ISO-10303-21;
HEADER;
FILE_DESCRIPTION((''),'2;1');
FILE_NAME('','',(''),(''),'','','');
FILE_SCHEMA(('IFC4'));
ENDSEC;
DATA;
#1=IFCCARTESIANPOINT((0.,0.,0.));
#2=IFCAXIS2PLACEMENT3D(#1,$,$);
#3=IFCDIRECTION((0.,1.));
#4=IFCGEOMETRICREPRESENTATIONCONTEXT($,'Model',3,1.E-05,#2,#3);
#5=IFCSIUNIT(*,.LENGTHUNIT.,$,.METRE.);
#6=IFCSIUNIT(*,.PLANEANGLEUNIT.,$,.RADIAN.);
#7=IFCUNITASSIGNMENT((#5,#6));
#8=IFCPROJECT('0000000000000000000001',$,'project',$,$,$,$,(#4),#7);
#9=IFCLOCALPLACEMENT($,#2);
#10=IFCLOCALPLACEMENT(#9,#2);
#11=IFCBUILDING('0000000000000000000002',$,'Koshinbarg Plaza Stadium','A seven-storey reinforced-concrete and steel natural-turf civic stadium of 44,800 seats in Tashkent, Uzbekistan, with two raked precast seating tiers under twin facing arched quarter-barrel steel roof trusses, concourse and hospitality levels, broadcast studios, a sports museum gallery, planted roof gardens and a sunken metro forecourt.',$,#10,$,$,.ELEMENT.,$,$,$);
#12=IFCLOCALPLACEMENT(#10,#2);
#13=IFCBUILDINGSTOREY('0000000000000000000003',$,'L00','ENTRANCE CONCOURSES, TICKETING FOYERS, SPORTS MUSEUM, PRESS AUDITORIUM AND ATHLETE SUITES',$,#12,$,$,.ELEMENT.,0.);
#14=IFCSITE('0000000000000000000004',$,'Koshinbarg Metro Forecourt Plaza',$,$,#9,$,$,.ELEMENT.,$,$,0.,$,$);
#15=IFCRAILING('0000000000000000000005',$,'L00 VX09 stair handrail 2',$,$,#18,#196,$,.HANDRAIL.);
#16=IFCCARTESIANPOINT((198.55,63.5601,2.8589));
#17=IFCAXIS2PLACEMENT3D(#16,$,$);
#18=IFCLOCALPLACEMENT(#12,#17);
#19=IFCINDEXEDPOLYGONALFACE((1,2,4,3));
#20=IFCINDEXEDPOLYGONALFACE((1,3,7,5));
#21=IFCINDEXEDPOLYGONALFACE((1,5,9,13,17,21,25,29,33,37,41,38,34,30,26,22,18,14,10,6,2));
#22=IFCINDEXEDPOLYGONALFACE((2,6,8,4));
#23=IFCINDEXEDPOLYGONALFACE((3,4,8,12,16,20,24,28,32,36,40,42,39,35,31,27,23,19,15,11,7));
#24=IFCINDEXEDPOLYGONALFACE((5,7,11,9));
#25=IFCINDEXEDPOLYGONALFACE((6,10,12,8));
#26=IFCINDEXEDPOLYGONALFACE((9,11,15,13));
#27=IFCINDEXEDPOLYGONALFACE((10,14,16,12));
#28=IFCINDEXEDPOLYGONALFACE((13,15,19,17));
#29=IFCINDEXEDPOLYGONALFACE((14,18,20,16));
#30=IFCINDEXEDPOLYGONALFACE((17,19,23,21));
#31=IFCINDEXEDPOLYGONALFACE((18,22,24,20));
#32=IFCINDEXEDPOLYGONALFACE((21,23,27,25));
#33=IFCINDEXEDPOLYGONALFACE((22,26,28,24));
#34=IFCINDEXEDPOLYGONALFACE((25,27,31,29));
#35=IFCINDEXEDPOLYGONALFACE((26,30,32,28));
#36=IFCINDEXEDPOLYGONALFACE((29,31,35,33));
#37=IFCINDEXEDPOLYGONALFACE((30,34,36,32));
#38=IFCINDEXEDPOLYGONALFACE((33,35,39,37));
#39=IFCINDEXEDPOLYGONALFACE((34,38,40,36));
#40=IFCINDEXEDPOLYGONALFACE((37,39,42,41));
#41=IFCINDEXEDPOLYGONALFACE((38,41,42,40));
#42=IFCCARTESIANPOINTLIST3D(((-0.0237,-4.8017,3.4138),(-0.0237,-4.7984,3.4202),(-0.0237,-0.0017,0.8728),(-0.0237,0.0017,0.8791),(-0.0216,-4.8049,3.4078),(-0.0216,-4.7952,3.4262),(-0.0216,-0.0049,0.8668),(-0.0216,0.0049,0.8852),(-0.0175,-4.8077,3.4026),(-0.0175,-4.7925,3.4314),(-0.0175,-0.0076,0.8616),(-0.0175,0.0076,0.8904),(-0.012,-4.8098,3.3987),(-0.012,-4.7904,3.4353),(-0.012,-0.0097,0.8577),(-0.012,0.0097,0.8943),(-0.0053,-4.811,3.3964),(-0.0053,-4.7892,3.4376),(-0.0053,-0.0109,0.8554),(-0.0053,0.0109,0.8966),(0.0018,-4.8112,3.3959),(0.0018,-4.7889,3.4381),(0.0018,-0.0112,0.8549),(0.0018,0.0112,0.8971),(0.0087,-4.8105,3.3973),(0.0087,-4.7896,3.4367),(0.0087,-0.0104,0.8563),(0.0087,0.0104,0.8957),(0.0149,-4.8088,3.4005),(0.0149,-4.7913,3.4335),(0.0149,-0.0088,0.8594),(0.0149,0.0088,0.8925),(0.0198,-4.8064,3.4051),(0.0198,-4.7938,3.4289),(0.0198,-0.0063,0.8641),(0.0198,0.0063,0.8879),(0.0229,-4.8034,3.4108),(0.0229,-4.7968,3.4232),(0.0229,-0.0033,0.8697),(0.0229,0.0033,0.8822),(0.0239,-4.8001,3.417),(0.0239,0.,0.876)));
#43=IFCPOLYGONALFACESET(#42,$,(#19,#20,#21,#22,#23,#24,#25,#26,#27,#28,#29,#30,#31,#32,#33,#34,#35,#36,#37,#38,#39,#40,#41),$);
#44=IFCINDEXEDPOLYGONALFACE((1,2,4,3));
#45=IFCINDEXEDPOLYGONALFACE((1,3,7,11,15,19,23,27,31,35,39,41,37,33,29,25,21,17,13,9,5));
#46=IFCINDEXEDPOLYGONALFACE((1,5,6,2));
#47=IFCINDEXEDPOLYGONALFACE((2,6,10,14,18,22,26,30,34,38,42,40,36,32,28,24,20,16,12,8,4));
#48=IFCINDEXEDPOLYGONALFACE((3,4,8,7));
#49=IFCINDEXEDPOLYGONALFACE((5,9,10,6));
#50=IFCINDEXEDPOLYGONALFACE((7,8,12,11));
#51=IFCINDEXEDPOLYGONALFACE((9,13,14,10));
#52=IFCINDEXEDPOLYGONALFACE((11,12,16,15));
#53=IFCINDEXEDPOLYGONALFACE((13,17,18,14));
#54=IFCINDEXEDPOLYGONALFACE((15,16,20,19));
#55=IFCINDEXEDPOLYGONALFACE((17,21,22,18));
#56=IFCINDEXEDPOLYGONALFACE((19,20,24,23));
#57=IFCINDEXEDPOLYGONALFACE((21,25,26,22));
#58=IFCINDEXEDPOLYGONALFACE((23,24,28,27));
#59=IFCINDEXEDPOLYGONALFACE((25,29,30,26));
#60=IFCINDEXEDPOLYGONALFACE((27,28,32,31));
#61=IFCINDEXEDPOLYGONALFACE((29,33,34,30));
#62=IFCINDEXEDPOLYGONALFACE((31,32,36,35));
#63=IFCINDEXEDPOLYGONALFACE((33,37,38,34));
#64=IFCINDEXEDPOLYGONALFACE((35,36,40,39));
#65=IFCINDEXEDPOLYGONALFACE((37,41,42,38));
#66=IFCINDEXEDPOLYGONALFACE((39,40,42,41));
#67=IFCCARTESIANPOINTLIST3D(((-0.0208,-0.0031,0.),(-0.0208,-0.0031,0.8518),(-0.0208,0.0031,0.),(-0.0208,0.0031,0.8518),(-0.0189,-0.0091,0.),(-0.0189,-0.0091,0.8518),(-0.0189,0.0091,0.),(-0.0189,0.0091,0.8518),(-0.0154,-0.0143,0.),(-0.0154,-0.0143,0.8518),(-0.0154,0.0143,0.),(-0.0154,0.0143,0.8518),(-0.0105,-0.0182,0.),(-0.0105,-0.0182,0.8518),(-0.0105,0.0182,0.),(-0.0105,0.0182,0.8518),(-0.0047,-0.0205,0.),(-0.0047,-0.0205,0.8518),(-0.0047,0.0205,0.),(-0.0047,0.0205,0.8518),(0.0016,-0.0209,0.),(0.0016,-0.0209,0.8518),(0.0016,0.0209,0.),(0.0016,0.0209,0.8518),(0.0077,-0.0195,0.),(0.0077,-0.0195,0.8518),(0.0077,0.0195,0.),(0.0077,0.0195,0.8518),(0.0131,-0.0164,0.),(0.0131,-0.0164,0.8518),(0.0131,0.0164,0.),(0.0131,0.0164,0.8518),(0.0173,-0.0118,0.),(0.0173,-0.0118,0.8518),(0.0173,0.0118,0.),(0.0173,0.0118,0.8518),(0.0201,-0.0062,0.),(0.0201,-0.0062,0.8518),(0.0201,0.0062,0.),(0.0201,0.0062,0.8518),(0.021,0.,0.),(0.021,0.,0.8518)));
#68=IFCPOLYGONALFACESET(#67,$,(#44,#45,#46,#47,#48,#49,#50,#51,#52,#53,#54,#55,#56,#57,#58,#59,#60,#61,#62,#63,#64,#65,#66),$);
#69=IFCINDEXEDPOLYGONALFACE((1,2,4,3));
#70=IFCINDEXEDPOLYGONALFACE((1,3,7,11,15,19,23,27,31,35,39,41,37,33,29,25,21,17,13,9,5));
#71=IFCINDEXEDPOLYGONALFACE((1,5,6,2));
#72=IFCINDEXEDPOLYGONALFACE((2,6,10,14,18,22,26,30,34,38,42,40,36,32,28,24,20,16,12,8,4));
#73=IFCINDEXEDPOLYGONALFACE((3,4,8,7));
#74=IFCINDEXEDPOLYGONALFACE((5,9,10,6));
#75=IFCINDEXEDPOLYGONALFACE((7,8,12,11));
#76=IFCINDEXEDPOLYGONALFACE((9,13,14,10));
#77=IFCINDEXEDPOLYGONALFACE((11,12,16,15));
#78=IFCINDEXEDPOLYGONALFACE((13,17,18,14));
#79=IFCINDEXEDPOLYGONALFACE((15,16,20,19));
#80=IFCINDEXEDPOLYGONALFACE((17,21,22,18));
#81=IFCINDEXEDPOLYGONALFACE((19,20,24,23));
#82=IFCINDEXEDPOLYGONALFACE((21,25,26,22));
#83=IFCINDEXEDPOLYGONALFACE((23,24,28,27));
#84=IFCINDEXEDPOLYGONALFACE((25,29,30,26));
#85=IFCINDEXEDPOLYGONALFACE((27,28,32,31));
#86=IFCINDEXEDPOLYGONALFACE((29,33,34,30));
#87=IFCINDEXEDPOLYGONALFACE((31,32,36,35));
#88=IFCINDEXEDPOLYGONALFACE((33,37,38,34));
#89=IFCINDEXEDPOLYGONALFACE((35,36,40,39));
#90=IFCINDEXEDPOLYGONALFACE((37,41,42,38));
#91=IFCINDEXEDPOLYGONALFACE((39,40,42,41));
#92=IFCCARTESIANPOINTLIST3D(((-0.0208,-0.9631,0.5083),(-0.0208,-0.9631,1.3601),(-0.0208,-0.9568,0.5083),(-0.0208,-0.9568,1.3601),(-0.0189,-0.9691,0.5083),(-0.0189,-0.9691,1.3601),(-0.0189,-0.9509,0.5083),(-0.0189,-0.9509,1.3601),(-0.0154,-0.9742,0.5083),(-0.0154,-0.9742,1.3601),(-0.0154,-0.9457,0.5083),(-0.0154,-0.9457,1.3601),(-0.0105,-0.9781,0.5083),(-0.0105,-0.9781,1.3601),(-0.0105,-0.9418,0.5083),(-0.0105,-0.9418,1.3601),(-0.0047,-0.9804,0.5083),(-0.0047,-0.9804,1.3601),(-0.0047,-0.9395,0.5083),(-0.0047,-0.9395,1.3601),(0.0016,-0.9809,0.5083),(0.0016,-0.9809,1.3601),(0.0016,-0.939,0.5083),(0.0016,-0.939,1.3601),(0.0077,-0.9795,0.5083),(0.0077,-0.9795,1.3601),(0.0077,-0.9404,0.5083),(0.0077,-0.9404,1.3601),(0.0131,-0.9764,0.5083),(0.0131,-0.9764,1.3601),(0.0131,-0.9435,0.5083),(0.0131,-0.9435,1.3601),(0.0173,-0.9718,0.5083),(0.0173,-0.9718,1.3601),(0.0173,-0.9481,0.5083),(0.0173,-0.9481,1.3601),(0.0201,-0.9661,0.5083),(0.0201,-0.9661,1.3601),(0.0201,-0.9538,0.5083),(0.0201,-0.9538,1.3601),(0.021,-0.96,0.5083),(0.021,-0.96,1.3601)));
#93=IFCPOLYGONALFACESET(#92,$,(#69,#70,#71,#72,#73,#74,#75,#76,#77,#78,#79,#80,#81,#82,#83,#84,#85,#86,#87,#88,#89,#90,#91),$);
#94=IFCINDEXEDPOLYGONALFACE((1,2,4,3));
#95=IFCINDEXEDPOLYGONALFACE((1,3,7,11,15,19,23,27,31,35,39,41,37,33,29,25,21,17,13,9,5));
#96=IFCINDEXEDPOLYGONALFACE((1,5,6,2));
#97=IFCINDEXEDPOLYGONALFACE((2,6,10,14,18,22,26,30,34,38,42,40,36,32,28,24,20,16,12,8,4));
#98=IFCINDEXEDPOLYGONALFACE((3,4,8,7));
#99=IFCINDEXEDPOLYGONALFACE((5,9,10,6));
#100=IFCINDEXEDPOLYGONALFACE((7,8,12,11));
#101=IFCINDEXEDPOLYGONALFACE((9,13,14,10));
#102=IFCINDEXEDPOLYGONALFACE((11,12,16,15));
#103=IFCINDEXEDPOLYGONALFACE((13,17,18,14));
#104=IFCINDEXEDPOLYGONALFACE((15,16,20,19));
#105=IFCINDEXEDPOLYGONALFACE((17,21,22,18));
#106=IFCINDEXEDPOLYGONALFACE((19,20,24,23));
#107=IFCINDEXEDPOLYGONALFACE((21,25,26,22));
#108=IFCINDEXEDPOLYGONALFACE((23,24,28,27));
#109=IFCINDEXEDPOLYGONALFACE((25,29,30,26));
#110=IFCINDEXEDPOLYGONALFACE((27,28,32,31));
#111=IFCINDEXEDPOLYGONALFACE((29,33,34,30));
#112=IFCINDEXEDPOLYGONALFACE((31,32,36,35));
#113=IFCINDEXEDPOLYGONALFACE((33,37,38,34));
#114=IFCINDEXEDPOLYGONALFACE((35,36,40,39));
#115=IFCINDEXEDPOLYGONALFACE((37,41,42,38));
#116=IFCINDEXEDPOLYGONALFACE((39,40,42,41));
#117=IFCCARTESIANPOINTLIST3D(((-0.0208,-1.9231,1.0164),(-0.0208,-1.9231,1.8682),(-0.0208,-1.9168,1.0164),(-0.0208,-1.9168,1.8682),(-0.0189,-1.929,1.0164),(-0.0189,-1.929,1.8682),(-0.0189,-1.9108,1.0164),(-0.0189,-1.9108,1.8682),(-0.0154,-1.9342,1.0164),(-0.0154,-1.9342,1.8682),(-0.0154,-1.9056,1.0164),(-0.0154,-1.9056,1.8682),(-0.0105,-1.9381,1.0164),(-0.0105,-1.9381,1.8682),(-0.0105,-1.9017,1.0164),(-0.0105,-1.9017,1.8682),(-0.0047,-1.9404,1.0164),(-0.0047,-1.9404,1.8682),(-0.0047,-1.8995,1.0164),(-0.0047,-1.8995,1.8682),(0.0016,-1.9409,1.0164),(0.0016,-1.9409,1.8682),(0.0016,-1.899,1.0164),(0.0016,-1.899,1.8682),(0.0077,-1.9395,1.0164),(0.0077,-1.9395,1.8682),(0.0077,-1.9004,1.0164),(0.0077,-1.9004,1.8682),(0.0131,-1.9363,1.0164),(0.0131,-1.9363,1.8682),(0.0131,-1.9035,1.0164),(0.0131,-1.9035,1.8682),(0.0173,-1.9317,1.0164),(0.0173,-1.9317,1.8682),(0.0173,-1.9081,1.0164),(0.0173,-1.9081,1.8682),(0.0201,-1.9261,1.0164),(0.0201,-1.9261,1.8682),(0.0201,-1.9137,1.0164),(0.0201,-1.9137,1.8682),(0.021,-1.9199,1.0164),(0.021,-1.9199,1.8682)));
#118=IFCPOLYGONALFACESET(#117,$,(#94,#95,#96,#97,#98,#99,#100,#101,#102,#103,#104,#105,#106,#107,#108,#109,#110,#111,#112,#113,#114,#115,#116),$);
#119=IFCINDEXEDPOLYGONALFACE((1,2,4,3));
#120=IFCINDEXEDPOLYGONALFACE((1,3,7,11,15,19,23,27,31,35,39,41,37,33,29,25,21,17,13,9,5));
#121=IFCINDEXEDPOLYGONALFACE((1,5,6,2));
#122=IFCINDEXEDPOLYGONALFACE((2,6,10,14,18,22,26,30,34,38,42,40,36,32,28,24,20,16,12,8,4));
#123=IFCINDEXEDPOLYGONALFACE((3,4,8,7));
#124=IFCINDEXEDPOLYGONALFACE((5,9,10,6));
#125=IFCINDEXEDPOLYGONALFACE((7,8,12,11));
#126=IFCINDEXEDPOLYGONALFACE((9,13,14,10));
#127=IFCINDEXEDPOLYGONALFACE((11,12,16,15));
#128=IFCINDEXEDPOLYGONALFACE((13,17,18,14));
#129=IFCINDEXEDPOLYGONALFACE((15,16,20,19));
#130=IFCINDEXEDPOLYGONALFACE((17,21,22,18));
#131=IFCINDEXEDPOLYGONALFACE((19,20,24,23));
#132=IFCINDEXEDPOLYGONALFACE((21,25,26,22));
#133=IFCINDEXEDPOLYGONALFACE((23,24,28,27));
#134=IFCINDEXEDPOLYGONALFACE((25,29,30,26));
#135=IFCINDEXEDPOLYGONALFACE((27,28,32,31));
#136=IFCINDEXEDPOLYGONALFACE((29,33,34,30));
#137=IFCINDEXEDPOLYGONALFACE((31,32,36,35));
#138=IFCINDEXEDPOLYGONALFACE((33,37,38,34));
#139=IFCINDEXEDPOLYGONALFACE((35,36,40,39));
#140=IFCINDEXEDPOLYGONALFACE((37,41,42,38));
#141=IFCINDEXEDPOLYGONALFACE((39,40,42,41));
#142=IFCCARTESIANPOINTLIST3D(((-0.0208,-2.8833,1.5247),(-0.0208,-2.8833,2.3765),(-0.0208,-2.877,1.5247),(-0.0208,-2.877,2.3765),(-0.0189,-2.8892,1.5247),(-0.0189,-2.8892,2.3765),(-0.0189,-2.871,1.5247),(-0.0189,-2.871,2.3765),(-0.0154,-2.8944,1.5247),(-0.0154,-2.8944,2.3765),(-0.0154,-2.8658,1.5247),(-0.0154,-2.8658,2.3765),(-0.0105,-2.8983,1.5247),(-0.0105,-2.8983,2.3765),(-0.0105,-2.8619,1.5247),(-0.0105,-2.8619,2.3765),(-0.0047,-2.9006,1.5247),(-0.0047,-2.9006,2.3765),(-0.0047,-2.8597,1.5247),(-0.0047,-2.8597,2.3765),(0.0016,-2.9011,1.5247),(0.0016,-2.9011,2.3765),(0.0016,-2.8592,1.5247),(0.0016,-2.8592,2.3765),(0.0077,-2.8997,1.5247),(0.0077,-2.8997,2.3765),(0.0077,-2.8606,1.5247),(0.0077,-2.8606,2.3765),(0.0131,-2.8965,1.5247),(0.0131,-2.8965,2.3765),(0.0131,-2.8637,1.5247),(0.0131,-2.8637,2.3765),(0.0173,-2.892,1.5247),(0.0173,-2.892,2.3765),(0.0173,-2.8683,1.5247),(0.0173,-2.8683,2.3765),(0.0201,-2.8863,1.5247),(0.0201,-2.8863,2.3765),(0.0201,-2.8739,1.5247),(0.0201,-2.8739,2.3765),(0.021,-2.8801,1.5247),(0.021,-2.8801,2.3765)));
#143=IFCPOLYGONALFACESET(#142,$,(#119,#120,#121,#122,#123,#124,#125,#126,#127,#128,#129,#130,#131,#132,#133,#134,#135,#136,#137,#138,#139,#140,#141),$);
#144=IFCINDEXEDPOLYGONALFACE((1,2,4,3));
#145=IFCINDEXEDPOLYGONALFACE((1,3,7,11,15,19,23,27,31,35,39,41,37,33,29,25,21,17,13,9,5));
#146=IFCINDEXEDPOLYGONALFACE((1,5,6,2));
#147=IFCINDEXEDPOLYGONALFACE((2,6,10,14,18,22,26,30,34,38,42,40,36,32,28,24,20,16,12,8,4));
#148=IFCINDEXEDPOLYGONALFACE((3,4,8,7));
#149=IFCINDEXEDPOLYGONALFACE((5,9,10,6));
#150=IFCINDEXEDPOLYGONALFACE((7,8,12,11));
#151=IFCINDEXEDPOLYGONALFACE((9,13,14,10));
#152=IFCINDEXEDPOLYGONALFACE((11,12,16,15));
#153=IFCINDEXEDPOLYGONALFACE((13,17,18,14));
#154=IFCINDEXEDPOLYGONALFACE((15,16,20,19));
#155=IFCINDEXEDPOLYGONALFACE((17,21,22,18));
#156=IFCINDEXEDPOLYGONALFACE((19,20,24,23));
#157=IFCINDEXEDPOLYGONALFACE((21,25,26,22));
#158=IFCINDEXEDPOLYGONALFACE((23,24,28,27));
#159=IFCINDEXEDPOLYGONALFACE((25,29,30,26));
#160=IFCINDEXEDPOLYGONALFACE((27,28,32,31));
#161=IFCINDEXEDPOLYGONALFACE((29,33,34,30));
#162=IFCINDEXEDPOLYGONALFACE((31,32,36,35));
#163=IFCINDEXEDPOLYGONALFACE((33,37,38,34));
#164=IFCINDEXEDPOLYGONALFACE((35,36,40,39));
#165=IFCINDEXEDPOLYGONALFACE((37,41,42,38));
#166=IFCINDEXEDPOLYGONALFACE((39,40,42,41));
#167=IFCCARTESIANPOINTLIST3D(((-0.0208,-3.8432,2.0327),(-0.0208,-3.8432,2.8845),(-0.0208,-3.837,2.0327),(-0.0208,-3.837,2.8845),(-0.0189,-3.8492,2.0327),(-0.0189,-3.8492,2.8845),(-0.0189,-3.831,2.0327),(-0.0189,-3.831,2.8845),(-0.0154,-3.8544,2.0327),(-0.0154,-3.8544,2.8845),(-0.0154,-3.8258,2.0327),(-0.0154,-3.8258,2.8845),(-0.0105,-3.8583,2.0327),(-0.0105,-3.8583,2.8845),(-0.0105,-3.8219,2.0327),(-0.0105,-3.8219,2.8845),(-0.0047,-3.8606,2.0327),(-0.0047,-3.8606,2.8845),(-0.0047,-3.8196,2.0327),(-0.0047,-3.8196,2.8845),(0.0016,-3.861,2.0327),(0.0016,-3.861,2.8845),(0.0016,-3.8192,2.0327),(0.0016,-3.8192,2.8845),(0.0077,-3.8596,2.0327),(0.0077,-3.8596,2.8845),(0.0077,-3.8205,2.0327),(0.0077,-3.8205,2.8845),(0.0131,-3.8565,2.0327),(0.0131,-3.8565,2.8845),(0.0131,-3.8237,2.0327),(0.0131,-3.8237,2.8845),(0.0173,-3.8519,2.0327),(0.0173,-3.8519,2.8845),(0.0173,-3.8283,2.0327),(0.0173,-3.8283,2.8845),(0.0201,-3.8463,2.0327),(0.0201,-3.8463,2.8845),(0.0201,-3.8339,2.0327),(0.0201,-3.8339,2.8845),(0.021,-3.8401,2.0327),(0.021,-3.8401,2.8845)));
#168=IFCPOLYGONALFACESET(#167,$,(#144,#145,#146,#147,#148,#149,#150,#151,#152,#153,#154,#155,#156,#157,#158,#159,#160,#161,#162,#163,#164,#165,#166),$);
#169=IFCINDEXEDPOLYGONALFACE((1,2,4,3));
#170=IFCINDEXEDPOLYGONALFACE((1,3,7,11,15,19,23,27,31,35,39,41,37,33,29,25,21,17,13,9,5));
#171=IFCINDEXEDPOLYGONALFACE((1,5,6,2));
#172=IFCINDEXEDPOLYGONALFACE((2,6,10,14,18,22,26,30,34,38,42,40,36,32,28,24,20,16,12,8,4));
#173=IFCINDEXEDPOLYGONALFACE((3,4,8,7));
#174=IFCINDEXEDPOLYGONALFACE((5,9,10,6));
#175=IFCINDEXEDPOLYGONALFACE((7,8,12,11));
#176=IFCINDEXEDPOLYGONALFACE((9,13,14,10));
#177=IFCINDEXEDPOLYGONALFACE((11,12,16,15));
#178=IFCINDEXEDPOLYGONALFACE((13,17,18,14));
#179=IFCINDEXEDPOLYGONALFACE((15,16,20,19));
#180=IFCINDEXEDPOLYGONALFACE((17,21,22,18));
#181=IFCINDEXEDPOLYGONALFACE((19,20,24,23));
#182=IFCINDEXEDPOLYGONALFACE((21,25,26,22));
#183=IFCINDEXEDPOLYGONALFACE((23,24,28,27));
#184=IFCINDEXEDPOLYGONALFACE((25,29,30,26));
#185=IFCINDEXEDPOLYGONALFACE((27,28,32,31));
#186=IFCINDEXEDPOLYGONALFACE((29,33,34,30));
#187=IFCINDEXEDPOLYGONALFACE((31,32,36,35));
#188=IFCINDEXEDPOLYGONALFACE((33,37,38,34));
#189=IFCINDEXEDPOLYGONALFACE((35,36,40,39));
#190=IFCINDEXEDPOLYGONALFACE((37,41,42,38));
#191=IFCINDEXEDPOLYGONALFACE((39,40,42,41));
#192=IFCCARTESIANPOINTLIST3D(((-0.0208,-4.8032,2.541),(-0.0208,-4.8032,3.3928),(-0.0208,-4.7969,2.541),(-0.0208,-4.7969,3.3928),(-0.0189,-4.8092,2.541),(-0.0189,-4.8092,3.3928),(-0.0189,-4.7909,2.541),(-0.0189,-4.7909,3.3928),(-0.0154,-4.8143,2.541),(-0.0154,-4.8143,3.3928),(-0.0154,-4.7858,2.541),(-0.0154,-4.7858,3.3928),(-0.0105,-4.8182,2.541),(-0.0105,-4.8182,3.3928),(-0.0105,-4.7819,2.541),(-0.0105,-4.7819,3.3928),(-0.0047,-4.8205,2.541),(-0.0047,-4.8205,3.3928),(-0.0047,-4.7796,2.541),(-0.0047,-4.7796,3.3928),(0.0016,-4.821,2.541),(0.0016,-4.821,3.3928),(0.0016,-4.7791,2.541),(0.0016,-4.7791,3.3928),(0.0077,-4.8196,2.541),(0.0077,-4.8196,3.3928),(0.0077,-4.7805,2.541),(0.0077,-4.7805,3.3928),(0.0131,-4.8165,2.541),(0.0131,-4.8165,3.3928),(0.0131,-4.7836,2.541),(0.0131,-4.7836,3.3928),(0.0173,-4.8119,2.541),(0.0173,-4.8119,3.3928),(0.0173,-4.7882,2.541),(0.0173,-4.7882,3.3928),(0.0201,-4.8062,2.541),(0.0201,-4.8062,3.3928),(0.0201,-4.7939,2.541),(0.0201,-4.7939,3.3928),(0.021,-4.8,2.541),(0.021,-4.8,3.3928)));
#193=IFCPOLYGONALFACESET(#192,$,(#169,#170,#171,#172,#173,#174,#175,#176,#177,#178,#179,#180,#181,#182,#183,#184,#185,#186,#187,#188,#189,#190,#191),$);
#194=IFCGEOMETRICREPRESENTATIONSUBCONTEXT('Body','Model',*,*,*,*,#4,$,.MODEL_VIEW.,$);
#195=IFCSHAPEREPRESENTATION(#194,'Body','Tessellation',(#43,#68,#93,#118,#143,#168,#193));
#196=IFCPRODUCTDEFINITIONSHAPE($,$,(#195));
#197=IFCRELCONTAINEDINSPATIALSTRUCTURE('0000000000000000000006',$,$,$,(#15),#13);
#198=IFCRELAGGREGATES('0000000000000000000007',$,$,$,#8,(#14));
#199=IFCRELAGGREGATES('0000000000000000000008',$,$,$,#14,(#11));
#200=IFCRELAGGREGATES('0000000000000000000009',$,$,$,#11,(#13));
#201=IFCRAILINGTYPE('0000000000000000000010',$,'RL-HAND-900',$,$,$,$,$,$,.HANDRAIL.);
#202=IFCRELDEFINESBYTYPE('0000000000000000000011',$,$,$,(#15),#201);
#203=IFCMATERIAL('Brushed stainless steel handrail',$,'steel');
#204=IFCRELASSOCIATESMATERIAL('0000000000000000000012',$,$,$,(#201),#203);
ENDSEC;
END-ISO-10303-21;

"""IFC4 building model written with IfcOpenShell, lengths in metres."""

from ifc_helpers import new_model, si_unit, direction, frame, origin, origin_2d, place, context, subcontext, project, spatial, circle, extrude, material, type_object, element, save


model = new_model("IFC4")

# Units and contexts
model_context = context("Model", 3, precision=1e-05, world=origin(), true_north=direction((0.0, 1.0)))
body_context = subcontext(model_context, "Body", "Model", "MODEL_VIEW")
ifc_project = project(units=[si_unit("LENGTHUNIT", "METRE"), si_unit("PLANEANGLEUNIT", "RADIAN")], contexts=[model_context])

# Site, building, storey
site_placement = place(None, origin())
site = spatial("IfcSite", under=ifc_project, at=site_placement, Name="Koshinbarg Metro Forecourt Plaza", CompositionType="ELEMENT", RefElevation=0.0)
building_placement = place(site_placement, origin())
building = spatial("IfcBuilding", under=site, at=building_placement, Name="Koshinbarg Plaza Stadium", Description="A seven-storey reinforced-concrete and steel natural-turf civic stadium of 44,800 seats in Tashkent, Uzbekistan, with two raked precast seating tiers under twin facing arched quarter-barrel steel roof trusses, concourse and hospitality levels, broadcast studios, a sports museum gallery, planted roof gardens and a sunken metro forecourt.", CompositionType="ELEMENT")
storey_placement = place(building_placement, origin())
storey = spatial("IfcBuildingStorey", under=building, at=storey_placement, Name="L00", Description="ENTRANCE CONCOURSES, TICKETING FOYERS, SPORTS MUSEUM, PRESS AUDITORIUM AND ATHLETE SUITES", CompositionType="ELEMENT", Elevation=0.0)

# Railing
ifc_material_1 = material(Name="Brushed stainless steel handrail", Category="steel")
railing_type_1 = type_object("IfcRailingType", Name="RL-HAND-900", PredefinedType="HANDRAIL", material=ifc_material_1)
railing_1_placement = place(storey_placement, frame((198.55, 63.5601, 2.8589)))
element("IfcRailing", 1, at=railing_1_placement, inside=storey, type_object=railing_type_1, Name="L00 VX09 stair handrail 2", PredefinedType="HANDRAIL", context=body_context, shape_type="SweptSolid", body=[
    extrude(circle(Radius=0.0239, at=origin_2d()), frame((0.0, 0.0, 0.876), z_axis=(0.0, -0.883802, 0.467861), x_axis=(1.0, 0.0, 0.0)), (0.0, 0.0, 1.0), 5.4312),
    extrude(circle(Radius=0.021, at=origin_2d()), origin(), (0.0, 0.0, 1.0), 0.8518),
    extrude(circle(Radius=0.021, at=origin_2d()), frame((0.0, -0.96, 0.5083)), (0.0, 0.0, 1.0), 0.8518),
    extrude(circle(Radius=0.021, at=origin_2d()), frame((0.0, -1.9199, 1.0164)), (0.0, 0.0, 1.0), 0.8518),
    extrude(circle(Radius=0.021, at=origin_2d()), frame((0.0, -2.8801, 1.5247)), (0.0, 0.0, 1.0), 0.8518),
    extrude(circle(Radius=0.021, at=origin_2d()), frame((0.0, -3.8401, 2.0327)), (0.0, 0.0, 1.0), 0.8518),
    extrude(circle(Radius=0.021, at=origin_2d()), frame((0.0, -4.8, 2.541)), (0.0, 0.0, 1.0), 0.8518),
])

save(model, "model.ifc")
